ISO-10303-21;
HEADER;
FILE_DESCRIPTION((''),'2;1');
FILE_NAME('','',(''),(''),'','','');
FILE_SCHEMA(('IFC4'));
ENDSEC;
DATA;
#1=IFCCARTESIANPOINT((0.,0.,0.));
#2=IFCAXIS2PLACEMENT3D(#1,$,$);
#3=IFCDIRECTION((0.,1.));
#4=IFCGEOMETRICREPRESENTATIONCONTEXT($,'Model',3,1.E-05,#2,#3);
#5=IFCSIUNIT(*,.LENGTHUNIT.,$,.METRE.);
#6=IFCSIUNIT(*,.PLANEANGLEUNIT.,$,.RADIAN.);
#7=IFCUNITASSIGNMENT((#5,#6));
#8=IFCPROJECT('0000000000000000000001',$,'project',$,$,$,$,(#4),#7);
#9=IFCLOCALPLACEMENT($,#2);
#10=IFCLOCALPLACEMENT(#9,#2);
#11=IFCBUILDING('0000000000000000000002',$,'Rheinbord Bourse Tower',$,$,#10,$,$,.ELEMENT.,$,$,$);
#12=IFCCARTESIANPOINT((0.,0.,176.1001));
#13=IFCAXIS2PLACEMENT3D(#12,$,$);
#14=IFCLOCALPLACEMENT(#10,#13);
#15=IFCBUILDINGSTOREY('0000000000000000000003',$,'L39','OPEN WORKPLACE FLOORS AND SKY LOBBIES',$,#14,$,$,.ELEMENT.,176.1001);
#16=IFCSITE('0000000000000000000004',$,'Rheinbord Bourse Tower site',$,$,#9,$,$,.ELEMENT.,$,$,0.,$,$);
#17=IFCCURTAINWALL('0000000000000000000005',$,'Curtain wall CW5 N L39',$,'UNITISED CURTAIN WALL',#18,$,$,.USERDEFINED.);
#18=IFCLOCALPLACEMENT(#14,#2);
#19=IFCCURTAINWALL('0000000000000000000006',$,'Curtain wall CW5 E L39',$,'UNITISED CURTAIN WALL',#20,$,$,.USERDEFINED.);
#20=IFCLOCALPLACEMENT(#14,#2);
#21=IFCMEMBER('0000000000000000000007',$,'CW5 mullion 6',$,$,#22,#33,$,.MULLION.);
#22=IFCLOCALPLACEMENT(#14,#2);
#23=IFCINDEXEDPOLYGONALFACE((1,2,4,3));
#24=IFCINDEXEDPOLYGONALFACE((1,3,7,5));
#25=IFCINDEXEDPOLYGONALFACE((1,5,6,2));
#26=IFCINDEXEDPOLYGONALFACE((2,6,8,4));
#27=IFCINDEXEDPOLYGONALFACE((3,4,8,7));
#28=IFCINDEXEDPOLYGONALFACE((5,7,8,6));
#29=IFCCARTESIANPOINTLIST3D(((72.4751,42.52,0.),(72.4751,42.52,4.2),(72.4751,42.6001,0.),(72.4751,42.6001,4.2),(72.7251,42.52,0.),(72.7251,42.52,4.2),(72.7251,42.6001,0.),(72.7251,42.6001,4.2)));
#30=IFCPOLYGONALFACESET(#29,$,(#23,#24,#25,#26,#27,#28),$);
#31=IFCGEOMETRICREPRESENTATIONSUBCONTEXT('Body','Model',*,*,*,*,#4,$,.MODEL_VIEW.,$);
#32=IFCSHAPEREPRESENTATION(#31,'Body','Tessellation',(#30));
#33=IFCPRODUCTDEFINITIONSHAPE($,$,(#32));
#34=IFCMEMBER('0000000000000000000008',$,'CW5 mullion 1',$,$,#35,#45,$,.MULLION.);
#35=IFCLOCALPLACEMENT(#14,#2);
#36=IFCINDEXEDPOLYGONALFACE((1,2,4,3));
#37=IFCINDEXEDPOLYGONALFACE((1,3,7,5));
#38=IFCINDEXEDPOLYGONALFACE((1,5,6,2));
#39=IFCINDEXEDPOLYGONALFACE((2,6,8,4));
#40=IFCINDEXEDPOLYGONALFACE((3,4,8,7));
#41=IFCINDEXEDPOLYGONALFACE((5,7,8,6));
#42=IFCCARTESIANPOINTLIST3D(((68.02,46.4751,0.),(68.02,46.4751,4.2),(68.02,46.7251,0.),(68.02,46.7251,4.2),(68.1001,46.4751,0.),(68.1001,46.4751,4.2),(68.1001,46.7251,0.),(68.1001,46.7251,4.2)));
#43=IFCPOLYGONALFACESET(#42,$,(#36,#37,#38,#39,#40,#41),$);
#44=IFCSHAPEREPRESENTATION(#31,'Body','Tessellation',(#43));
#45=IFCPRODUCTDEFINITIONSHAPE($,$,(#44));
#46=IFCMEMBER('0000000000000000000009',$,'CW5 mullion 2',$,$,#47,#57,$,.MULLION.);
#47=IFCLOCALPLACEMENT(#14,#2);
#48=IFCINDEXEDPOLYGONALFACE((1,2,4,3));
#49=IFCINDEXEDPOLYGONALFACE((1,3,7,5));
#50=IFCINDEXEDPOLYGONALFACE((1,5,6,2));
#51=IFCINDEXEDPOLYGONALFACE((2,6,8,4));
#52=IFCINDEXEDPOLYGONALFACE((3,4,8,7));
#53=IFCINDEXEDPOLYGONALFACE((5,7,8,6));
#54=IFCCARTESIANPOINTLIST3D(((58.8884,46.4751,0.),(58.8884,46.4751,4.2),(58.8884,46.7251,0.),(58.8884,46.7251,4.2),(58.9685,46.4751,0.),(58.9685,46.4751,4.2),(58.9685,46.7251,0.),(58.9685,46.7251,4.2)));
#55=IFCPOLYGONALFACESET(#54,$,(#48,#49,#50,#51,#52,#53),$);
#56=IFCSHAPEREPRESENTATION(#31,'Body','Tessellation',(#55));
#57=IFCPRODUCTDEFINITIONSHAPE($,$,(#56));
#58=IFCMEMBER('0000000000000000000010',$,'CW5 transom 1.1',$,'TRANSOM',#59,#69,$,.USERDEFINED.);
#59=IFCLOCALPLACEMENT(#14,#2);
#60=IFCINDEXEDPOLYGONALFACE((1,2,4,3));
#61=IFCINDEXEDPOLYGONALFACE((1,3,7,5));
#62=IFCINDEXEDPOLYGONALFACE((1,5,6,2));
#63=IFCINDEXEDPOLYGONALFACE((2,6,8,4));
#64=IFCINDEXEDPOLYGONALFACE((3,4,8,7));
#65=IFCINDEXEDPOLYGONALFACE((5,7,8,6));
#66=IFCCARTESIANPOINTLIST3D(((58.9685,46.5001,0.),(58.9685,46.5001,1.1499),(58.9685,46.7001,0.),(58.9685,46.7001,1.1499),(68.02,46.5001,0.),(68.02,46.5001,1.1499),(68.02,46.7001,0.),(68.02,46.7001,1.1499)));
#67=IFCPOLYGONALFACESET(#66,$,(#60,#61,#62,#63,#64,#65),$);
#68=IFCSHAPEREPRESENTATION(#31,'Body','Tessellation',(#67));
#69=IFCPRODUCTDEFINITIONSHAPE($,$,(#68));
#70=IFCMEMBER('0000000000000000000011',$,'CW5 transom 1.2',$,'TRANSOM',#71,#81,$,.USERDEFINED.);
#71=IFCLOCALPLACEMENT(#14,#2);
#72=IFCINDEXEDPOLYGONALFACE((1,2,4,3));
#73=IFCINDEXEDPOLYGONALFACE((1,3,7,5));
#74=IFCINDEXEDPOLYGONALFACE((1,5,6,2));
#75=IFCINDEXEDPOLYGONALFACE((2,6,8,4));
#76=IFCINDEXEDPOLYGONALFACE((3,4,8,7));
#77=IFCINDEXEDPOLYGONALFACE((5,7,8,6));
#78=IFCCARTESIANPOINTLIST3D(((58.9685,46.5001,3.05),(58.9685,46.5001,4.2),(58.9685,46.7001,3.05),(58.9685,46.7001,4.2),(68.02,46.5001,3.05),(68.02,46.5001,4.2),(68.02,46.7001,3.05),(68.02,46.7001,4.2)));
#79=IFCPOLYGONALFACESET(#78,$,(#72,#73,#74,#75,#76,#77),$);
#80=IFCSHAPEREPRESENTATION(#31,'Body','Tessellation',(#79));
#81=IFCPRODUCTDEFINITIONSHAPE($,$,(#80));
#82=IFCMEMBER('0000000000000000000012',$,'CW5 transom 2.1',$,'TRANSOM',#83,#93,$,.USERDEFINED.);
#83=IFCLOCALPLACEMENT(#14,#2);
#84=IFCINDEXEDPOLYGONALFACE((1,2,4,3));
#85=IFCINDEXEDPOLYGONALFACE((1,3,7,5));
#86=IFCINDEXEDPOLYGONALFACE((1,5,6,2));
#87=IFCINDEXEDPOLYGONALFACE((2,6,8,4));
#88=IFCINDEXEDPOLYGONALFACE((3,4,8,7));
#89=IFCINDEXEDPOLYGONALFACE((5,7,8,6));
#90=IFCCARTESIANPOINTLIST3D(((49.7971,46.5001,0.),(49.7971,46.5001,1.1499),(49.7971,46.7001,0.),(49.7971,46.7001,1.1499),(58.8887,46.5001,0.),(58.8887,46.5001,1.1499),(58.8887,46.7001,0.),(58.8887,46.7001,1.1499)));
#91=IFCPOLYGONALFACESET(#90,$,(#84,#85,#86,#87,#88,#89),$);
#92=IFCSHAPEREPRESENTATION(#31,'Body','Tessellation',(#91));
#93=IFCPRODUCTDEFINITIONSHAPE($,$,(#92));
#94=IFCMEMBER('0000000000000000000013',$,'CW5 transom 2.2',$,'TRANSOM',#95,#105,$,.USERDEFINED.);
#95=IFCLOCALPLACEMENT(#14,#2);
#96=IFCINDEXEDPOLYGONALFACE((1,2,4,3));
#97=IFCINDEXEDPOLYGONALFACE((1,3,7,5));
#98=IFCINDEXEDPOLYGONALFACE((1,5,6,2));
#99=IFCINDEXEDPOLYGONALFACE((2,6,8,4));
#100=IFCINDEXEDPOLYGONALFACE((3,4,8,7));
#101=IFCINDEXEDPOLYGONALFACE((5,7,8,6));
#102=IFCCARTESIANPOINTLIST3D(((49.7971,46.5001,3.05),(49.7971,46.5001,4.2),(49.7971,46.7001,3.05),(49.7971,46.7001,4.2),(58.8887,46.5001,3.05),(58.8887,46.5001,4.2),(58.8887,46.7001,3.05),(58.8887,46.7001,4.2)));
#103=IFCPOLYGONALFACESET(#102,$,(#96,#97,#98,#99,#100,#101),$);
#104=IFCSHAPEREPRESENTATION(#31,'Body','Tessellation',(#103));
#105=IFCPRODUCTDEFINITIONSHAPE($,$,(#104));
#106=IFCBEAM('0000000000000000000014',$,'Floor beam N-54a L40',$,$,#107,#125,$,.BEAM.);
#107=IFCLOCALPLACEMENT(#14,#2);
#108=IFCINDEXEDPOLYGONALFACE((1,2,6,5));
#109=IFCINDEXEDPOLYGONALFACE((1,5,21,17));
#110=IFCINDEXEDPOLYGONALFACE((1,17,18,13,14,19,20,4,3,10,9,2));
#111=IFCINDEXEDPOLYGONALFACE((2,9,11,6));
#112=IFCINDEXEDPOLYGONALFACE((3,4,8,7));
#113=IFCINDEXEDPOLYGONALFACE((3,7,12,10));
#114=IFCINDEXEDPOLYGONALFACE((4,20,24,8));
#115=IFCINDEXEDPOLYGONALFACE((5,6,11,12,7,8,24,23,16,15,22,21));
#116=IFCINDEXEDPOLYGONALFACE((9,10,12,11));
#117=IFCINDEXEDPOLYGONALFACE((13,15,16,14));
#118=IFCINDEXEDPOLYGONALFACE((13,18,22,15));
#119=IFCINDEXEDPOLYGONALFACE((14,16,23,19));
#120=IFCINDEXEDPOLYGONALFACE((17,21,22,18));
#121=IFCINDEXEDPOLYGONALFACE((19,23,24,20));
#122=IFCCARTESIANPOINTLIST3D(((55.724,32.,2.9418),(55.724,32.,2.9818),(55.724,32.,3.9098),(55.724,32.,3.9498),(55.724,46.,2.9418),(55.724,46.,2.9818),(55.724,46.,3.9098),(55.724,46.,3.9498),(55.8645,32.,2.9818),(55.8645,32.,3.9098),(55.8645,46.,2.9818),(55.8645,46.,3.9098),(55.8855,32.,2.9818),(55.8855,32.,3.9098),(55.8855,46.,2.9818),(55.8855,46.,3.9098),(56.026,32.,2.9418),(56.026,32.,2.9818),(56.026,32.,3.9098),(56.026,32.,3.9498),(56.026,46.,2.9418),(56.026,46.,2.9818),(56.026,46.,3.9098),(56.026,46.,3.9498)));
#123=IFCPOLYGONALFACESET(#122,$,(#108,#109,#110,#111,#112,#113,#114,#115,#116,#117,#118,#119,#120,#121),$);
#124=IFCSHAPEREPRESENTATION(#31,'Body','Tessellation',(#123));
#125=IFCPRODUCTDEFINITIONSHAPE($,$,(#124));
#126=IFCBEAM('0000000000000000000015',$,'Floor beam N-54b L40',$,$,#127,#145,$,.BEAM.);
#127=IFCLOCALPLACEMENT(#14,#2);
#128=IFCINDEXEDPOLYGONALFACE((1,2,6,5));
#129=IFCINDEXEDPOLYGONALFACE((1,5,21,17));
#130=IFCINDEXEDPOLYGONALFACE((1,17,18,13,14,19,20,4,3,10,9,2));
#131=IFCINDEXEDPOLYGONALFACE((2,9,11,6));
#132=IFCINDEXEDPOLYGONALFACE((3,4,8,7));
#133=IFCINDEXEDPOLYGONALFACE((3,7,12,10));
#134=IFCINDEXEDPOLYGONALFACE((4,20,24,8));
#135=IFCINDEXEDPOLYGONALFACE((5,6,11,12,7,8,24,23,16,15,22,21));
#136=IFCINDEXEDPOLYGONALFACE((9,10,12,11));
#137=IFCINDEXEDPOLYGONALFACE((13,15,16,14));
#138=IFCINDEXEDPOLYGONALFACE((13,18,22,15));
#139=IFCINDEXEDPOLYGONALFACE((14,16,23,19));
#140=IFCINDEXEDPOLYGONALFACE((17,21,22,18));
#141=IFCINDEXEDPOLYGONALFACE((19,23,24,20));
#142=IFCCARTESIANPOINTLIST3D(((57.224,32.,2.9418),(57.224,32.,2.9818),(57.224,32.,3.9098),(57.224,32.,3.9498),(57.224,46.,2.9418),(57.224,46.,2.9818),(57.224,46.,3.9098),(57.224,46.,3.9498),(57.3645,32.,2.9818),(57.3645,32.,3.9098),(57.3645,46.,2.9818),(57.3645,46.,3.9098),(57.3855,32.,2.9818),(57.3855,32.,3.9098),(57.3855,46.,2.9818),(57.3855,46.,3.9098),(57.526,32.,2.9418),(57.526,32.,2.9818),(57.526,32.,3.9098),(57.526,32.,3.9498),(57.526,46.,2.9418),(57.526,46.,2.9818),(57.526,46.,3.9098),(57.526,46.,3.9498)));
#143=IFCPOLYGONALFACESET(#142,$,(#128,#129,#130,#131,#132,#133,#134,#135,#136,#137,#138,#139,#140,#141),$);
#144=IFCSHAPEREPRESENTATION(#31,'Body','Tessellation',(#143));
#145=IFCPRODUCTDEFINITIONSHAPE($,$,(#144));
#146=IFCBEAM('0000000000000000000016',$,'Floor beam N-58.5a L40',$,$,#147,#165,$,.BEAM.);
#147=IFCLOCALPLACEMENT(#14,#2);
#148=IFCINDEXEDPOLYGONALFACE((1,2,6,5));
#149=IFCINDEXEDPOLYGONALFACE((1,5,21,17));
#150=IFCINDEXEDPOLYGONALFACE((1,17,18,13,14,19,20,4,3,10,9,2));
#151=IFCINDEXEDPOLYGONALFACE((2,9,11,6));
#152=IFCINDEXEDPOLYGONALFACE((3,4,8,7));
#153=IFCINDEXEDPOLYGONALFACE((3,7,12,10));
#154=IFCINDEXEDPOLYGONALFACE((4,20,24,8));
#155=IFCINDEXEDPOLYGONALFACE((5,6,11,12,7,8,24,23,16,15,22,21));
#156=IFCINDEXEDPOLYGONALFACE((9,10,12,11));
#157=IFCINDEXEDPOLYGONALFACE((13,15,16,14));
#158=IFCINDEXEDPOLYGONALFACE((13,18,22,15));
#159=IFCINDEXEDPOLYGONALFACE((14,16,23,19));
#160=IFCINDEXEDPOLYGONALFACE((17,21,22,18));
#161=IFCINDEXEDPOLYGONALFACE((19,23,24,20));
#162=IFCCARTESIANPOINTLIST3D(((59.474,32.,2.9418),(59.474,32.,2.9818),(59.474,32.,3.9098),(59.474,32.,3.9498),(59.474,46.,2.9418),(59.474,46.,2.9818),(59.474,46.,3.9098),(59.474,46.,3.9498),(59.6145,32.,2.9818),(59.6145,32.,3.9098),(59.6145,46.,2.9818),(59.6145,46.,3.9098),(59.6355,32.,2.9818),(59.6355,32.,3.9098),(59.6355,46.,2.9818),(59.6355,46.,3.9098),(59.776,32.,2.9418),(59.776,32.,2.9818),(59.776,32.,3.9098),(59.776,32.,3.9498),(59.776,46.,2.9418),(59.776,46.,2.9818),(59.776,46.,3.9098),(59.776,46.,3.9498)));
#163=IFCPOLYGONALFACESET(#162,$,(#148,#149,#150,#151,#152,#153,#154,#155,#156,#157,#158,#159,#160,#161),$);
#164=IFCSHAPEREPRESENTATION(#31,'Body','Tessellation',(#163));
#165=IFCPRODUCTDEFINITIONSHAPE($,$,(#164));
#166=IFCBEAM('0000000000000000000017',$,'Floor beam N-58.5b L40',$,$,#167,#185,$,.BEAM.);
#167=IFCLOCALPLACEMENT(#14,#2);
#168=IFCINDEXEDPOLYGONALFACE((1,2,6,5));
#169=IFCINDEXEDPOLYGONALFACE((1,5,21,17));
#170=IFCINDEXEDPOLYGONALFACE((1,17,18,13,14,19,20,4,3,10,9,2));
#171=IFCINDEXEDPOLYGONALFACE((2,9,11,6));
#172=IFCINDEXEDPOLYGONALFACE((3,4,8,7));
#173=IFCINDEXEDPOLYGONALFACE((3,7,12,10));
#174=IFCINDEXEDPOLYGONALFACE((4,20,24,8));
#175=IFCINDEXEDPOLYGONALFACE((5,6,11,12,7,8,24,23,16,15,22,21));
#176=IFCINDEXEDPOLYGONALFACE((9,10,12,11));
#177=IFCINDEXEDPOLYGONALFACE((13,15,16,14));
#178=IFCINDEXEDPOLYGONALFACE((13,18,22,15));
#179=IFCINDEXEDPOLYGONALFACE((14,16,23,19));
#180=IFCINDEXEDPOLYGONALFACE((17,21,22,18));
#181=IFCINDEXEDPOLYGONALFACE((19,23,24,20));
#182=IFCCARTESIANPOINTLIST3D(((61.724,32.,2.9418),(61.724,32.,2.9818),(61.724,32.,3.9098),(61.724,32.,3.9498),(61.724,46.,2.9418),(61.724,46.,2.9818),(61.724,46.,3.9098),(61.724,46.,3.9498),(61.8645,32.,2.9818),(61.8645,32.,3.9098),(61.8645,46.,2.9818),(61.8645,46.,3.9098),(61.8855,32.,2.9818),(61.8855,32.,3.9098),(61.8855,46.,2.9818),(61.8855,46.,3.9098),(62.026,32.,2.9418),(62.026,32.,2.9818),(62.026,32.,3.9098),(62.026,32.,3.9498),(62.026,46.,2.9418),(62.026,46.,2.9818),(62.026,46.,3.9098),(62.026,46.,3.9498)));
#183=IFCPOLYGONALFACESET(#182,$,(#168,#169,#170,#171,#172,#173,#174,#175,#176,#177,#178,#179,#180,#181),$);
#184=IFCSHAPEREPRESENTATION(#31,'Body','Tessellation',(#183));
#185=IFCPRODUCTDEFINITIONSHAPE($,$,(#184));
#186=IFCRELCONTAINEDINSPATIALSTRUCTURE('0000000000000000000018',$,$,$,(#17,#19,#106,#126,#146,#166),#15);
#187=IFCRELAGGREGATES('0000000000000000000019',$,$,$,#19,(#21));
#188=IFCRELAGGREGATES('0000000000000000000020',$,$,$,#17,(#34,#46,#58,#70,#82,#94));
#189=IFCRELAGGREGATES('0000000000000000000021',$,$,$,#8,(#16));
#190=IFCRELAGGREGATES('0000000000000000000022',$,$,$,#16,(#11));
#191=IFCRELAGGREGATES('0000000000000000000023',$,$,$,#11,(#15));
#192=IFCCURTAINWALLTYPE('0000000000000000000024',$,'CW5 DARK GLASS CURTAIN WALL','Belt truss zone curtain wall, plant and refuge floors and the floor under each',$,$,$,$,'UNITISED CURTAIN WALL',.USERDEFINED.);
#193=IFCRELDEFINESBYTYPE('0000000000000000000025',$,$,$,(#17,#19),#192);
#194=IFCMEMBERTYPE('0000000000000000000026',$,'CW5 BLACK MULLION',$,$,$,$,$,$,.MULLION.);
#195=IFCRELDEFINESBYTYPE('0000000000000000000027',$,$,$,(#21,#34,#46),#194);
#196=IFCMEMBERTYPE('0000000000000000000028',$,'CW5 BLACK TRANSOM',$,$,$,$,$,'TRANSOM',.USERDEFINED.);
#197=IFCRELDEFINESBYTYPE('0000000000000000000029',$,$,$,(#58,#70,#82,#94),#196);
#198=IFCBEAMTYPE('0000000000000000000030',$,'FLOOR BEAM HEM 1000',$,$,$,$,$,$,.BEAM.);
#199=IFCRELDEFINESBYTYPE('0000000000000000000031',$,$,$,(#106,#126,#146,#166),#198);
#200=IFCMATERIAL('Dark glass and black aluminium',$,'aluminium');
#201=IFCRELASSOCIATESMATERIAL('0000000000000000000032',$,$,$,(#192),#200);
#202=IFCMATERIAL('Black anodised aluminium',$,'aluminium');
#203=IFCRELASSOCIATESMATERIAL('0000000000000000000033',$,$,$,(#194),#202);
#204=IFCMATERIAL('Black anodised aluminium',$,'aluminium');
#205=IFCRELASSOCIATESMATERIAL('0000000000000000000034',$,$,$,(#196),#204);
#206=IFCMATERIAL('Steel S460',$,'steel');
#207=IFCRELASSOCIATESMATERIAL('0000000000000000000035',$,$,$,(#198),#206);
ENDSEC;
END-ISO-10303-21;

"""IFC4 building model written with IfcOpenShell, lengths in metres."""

from ifc_helpers import new_model, si_unit, direction, frame, origin, origin_2d, place, context, subcontext, project, spatial, rectangle, i_section, extrude, material, material_profile, profile_set, type_object, element, aggregate, save


model = new_model("IFC4")

# Units and contexts
model_context = context("Model", 3, precision=1e-05, world=origin(), true_north=direction((0.0, 1.0)))
body_context = subcontext(model_context, "Body", "Model", "MODEL_VIEW")
ifc_project = project(units=[si_unit("LENGTHUNIT", "METRE"), si_unit("PLANEANGLEUNIT", "RADIAN")], contexts=[model_context])

# Site, building, storey
site_placement = place(None, origin())
site = spatial("IfcSite", under=ifc_project, at=site_placement, Name="Rheinbord Bourse Tower site", CompositionType="ELEMENT", RefElevation=0.0)
building_placement = place(site_placement, origin())
building = spatial("IfcBuilding", under=site, at=building_placement, Name="Rheinbord Bourse Tower", CompositionType="ELEMENT")
storey_placement = place(building_placement, frame((0.0, 0.0, 176.1001)))
storey = spatial("IfcBuildingStorey", under=building, at=storey_placement, Name="L39", Description="OPEN WORKPLACE FLOORS AND SKY LOBBIES", CompositionType="ELEMENT", Elevation=176.1001)

# Curtain walls, member
ifc_material_1 = material(Name="Dark glass and black aluminium", Category="aluminium")
curtain_wall_type = type_object("IfcCurtainWallType", Name="CW5 DARK GLASS CURTAIN WALL", Description="Belt truss zone curtain wall, plant and refuge floors and the floor under each", ElementType="UNITISED CURTAIN WALL", PredefinedType="USERDEFINED", material=ifc_material_1)
curtain_wall_1_placement = place(storey_placement, origin())
curtain_wall_1 = element("IfcCurtainWall", 1, at=curtain_wall_1_placement, inside=storey, type_object=curtain_wall_type, Name="Curtain wall CW5 N L39", ObjectType="UNITISED CURTAIN WALL", PredefinedType="USERDEFINED")
curtain_wall_2_placement = place(storey_placement, origin())
curtain_wall_2 = element("IfcCurtainWall", 2, at=curtain_wall_2_placement, inside=storey, type_object=curtain_wall_type, Name="Curtain wall CW5 E L39", ObjectType="UNITISED CURTAIN WALL", PredefinedType="USERDEFINED")
ifc_material_2 = material(Name="Black anodised aluminium", Category="aluminium")
ifc_material_profile_1 = material_profile(ifc_material_2, rectangle(XDim=0.25, YDim=0.0801, at=origin_2d()), Name="CW5 MULLION 80x250")
ifc_profile_set_1 = profile_set([ifc_material_profile_1], Name="Black anodised aluminium")
member_type_1 = type_object("IfcMemberType", Name="CW5 BLACK MULLION", PredefinedType="MULLION", material=ifc_profile_set_1)
member_1_placement = place(storey_placement, frame((72.6001, 42.5601, 0.0), z_axis=(0.0, 0.0, 1.0), x_axis=(-1.0, 0.0, 0.0)))
member_1 = element("IfcMember", 3, at=member_1_placement, type_object=member_type_1, Name="CW5 mullion 6", PredefinedType="MULLION", context=body_context, shape_type="SweptSolid", body=[
    extrude(rectangle(XDim=0.25, YDim=0.0801, at=origin_2d()), origin(), (0.0, 0.0, 1.0), 4.2),
])

# Members
member_2_placement = place(storey_placement, frame((68.0601, 46.6001, 0.0), z_axis=(0.0, 0.0, 1.0), x_axis=(0.0, -1.0, 0.0)))
member_2 = element("IfcMember", 4, at=member_2_placement, type_object=member_type_1, Name="CW5 mullion 1", PredefinedType="MULLION", context=body_context, shape_type="SweptSolid", body=[
    extrude(rectangle(XDim=0.25, YDim=0.0801, at=origin_2d()), origin(), (0.0, 0.0, 1.0), 4.2),
])
member_3_placement = place(storey_placement, frame((58.9285, 46.6001, 0.0), z_axis=(0.0, 0.0, 1.0), x_axis=(0.0, -1.0, 0.0)))
member_3 = element("IfcMember", 5, at=member_3_placement, type_object=member_type_1, Name="CW5 mullion 2", PredefinedType="MULLION", context=body_context, shape_type="SweptSolid", body=[
    extrude(rectangle(XDim=0.25, YDim=0.0801, at=origin_2d()), origin(), (0.0, 0.0, 1.0), 4.2),
])
ifc_material_3 = material(Name="Black anodised aluminium", Category="aluminium")
ifc_material_profile_2 = material_profile(ifc_material_3, rectangle(XDim=0.2, YDim=1.1499, at=origin_2d()), Name="CW5 TRANSOM 1150x200")
ifc_profile_set_2 = profile_set([ifc_material_profile_2], Name="Black anodised aluminium")
member_type_2 = type_object("IfcMemberType", Name="CW5 BLACK TRANSOM", ElementType="TRANSOM", PredefinedType="USERDEFINED", material=ifc_profile_set_2)
member_4_placement = place(storey_placement, frame((68.02, 46.6001, 0.575), z_axis=(-1.0, 0.0, 0.0), x_axis=(0.0, -1.0, 0.0)))
member_4 = element("IfcMember", 6, at=member_4_placement, type_object=member_type_2, Name="CW5 transom 1.1", ObjectType="TRANSOM", PredefinedType="USERDEFINED", context=body_context, shape_type="SweptSolid", body=[
    extrude(rectangle(XDim=0.2, YDim=1.1499, at=origin_2d()), origin(), (0.0, 0.0, 1.0), 9.0515),
])
member_5_placement = place(storey_placement, frame((68.02, 46.6001, 3.625), z_axis=(-1.0, 0.0, 0.0), x_axis=(0.0, -1.0, 0.0)))
member_5 = element("IfcMember", 7, at=member_5_placement, type_object=member_type_2, Name="CW5 transom 1.2", ObjectType="TRANSOM", PredefinedType="USERDEFINED", context=body_context, shape_type="SweptSolid", body=[
    extrude(rectangle(XDim=0.2, YDim=1.1499, at=origin_2d()), origin(), (0.0, 0.0, 1.0), 9.0515),
])
member_6_placement = place(storey_placement, frame((58.8887, 46.6001, 0.575), z_axis=(-1.0, 0.0, 0.0), x_axis=(0.0, -1.0, 0.0)))
member_6 = element("IfcMember", 8, at=member_6_placement, type_object=member_type_2, Name="CW5 transom 2.1", ObjectType="TRANSOM", PredefinedType="USERDEFINED", context=body_context, shape_type="SweptSolid", body=[
    extrude(rectangle(XDim=0.2, YDim=1.1499, at=origin_2d()), origin(), (0.0, 0.0, 1.0), 9.0916),
])
member_7_placement = place(storey_placement, frame((58.8887, 46.6001, 3.625), z_axis=(-1.0, 0.0, 0.0), x_axis=(0.0, -1.0, 0.0)))
member_7 = element("IfcMember", 9, at=member_7_placement, type_object=member_type_2, Name="CW5 transom 2.2", ObjectType="TRANSOM", PredefinedType="USERDEFINED", context=body_context, shape_type="SweptSolid", body=[
    extrude(rectangle(XDim=0.2, YDim=1.1499, at=origin_2d()), origin(), (0.0, 0.0, 1.0), 9.0916),
])

# Beams
ifc_material_4 = material(Name="Steel S460", Category="steel")
ifc_material_profile_3 = material_profile(ifc_material_4, i_section(OverallWidth=0.302, OverallDepth=1.0081, WebThickness=0.021, FlangeThickness=0.04, at=origin_2d()), Name="HEM 1000")
ifc_profile_set_3 = profile_set([ifc_material_profile_3], Name="Steel S460")
beam_type_1 = type_object("IfcBeamType", Name="FLOOR BEAM HEM 1000", PredefinedType="BEAM", material=ifc_profile_set_3)
for number, where, z_axis, x_axis, name in (
    (10, (55.875, 46.0, 3.4458), (0.0, -1.0, 0.0), (1.0, 0.0, 0.0), "Floor beam N-54a L40"),
    (11, (57.375, 46.0, 3.4458), (0.0, -1.0, 0.0), (1.0, 0.0, 0.0), "Floor beam N-54b L40"),
    (12, (59.625, 46.0, 3.4458), (0.0, -1.0, 0.0), (1.0, 0.0, 0.0), "Floor beam N-58.5a L40"),
    (13, (61.875, 46.0, 3.4458), (0.0, -1.0, 0.0), (1.0, 0.0, 0.0), "Floor beam N-58.5b L40"),
):
    element("IfcBeam", number, at=place(storey_placement, frame(where, z_axis=z_axis, x_axis=x_axis)), inside=storey, type_object=beam_type_1, Name=name, PredefinedType="BEAM", context=body_context, shape_type="SweptSolid", body=[
        extrude(i_section(OverallWidth=0.302, OverallDepth=1.0081, WebThickness=0.021, FlangeThickness=0.04, at=origin_2d()), origin(), (0.0, 0.0, 1.0), 14.0),
    ])

aggregate(curtain_wall_2, [member_1])
aggregate(curtain_wall_1, [member_2, member_3, member_4, member_5, member_6, member_7])

save(model, "model.ifc")
